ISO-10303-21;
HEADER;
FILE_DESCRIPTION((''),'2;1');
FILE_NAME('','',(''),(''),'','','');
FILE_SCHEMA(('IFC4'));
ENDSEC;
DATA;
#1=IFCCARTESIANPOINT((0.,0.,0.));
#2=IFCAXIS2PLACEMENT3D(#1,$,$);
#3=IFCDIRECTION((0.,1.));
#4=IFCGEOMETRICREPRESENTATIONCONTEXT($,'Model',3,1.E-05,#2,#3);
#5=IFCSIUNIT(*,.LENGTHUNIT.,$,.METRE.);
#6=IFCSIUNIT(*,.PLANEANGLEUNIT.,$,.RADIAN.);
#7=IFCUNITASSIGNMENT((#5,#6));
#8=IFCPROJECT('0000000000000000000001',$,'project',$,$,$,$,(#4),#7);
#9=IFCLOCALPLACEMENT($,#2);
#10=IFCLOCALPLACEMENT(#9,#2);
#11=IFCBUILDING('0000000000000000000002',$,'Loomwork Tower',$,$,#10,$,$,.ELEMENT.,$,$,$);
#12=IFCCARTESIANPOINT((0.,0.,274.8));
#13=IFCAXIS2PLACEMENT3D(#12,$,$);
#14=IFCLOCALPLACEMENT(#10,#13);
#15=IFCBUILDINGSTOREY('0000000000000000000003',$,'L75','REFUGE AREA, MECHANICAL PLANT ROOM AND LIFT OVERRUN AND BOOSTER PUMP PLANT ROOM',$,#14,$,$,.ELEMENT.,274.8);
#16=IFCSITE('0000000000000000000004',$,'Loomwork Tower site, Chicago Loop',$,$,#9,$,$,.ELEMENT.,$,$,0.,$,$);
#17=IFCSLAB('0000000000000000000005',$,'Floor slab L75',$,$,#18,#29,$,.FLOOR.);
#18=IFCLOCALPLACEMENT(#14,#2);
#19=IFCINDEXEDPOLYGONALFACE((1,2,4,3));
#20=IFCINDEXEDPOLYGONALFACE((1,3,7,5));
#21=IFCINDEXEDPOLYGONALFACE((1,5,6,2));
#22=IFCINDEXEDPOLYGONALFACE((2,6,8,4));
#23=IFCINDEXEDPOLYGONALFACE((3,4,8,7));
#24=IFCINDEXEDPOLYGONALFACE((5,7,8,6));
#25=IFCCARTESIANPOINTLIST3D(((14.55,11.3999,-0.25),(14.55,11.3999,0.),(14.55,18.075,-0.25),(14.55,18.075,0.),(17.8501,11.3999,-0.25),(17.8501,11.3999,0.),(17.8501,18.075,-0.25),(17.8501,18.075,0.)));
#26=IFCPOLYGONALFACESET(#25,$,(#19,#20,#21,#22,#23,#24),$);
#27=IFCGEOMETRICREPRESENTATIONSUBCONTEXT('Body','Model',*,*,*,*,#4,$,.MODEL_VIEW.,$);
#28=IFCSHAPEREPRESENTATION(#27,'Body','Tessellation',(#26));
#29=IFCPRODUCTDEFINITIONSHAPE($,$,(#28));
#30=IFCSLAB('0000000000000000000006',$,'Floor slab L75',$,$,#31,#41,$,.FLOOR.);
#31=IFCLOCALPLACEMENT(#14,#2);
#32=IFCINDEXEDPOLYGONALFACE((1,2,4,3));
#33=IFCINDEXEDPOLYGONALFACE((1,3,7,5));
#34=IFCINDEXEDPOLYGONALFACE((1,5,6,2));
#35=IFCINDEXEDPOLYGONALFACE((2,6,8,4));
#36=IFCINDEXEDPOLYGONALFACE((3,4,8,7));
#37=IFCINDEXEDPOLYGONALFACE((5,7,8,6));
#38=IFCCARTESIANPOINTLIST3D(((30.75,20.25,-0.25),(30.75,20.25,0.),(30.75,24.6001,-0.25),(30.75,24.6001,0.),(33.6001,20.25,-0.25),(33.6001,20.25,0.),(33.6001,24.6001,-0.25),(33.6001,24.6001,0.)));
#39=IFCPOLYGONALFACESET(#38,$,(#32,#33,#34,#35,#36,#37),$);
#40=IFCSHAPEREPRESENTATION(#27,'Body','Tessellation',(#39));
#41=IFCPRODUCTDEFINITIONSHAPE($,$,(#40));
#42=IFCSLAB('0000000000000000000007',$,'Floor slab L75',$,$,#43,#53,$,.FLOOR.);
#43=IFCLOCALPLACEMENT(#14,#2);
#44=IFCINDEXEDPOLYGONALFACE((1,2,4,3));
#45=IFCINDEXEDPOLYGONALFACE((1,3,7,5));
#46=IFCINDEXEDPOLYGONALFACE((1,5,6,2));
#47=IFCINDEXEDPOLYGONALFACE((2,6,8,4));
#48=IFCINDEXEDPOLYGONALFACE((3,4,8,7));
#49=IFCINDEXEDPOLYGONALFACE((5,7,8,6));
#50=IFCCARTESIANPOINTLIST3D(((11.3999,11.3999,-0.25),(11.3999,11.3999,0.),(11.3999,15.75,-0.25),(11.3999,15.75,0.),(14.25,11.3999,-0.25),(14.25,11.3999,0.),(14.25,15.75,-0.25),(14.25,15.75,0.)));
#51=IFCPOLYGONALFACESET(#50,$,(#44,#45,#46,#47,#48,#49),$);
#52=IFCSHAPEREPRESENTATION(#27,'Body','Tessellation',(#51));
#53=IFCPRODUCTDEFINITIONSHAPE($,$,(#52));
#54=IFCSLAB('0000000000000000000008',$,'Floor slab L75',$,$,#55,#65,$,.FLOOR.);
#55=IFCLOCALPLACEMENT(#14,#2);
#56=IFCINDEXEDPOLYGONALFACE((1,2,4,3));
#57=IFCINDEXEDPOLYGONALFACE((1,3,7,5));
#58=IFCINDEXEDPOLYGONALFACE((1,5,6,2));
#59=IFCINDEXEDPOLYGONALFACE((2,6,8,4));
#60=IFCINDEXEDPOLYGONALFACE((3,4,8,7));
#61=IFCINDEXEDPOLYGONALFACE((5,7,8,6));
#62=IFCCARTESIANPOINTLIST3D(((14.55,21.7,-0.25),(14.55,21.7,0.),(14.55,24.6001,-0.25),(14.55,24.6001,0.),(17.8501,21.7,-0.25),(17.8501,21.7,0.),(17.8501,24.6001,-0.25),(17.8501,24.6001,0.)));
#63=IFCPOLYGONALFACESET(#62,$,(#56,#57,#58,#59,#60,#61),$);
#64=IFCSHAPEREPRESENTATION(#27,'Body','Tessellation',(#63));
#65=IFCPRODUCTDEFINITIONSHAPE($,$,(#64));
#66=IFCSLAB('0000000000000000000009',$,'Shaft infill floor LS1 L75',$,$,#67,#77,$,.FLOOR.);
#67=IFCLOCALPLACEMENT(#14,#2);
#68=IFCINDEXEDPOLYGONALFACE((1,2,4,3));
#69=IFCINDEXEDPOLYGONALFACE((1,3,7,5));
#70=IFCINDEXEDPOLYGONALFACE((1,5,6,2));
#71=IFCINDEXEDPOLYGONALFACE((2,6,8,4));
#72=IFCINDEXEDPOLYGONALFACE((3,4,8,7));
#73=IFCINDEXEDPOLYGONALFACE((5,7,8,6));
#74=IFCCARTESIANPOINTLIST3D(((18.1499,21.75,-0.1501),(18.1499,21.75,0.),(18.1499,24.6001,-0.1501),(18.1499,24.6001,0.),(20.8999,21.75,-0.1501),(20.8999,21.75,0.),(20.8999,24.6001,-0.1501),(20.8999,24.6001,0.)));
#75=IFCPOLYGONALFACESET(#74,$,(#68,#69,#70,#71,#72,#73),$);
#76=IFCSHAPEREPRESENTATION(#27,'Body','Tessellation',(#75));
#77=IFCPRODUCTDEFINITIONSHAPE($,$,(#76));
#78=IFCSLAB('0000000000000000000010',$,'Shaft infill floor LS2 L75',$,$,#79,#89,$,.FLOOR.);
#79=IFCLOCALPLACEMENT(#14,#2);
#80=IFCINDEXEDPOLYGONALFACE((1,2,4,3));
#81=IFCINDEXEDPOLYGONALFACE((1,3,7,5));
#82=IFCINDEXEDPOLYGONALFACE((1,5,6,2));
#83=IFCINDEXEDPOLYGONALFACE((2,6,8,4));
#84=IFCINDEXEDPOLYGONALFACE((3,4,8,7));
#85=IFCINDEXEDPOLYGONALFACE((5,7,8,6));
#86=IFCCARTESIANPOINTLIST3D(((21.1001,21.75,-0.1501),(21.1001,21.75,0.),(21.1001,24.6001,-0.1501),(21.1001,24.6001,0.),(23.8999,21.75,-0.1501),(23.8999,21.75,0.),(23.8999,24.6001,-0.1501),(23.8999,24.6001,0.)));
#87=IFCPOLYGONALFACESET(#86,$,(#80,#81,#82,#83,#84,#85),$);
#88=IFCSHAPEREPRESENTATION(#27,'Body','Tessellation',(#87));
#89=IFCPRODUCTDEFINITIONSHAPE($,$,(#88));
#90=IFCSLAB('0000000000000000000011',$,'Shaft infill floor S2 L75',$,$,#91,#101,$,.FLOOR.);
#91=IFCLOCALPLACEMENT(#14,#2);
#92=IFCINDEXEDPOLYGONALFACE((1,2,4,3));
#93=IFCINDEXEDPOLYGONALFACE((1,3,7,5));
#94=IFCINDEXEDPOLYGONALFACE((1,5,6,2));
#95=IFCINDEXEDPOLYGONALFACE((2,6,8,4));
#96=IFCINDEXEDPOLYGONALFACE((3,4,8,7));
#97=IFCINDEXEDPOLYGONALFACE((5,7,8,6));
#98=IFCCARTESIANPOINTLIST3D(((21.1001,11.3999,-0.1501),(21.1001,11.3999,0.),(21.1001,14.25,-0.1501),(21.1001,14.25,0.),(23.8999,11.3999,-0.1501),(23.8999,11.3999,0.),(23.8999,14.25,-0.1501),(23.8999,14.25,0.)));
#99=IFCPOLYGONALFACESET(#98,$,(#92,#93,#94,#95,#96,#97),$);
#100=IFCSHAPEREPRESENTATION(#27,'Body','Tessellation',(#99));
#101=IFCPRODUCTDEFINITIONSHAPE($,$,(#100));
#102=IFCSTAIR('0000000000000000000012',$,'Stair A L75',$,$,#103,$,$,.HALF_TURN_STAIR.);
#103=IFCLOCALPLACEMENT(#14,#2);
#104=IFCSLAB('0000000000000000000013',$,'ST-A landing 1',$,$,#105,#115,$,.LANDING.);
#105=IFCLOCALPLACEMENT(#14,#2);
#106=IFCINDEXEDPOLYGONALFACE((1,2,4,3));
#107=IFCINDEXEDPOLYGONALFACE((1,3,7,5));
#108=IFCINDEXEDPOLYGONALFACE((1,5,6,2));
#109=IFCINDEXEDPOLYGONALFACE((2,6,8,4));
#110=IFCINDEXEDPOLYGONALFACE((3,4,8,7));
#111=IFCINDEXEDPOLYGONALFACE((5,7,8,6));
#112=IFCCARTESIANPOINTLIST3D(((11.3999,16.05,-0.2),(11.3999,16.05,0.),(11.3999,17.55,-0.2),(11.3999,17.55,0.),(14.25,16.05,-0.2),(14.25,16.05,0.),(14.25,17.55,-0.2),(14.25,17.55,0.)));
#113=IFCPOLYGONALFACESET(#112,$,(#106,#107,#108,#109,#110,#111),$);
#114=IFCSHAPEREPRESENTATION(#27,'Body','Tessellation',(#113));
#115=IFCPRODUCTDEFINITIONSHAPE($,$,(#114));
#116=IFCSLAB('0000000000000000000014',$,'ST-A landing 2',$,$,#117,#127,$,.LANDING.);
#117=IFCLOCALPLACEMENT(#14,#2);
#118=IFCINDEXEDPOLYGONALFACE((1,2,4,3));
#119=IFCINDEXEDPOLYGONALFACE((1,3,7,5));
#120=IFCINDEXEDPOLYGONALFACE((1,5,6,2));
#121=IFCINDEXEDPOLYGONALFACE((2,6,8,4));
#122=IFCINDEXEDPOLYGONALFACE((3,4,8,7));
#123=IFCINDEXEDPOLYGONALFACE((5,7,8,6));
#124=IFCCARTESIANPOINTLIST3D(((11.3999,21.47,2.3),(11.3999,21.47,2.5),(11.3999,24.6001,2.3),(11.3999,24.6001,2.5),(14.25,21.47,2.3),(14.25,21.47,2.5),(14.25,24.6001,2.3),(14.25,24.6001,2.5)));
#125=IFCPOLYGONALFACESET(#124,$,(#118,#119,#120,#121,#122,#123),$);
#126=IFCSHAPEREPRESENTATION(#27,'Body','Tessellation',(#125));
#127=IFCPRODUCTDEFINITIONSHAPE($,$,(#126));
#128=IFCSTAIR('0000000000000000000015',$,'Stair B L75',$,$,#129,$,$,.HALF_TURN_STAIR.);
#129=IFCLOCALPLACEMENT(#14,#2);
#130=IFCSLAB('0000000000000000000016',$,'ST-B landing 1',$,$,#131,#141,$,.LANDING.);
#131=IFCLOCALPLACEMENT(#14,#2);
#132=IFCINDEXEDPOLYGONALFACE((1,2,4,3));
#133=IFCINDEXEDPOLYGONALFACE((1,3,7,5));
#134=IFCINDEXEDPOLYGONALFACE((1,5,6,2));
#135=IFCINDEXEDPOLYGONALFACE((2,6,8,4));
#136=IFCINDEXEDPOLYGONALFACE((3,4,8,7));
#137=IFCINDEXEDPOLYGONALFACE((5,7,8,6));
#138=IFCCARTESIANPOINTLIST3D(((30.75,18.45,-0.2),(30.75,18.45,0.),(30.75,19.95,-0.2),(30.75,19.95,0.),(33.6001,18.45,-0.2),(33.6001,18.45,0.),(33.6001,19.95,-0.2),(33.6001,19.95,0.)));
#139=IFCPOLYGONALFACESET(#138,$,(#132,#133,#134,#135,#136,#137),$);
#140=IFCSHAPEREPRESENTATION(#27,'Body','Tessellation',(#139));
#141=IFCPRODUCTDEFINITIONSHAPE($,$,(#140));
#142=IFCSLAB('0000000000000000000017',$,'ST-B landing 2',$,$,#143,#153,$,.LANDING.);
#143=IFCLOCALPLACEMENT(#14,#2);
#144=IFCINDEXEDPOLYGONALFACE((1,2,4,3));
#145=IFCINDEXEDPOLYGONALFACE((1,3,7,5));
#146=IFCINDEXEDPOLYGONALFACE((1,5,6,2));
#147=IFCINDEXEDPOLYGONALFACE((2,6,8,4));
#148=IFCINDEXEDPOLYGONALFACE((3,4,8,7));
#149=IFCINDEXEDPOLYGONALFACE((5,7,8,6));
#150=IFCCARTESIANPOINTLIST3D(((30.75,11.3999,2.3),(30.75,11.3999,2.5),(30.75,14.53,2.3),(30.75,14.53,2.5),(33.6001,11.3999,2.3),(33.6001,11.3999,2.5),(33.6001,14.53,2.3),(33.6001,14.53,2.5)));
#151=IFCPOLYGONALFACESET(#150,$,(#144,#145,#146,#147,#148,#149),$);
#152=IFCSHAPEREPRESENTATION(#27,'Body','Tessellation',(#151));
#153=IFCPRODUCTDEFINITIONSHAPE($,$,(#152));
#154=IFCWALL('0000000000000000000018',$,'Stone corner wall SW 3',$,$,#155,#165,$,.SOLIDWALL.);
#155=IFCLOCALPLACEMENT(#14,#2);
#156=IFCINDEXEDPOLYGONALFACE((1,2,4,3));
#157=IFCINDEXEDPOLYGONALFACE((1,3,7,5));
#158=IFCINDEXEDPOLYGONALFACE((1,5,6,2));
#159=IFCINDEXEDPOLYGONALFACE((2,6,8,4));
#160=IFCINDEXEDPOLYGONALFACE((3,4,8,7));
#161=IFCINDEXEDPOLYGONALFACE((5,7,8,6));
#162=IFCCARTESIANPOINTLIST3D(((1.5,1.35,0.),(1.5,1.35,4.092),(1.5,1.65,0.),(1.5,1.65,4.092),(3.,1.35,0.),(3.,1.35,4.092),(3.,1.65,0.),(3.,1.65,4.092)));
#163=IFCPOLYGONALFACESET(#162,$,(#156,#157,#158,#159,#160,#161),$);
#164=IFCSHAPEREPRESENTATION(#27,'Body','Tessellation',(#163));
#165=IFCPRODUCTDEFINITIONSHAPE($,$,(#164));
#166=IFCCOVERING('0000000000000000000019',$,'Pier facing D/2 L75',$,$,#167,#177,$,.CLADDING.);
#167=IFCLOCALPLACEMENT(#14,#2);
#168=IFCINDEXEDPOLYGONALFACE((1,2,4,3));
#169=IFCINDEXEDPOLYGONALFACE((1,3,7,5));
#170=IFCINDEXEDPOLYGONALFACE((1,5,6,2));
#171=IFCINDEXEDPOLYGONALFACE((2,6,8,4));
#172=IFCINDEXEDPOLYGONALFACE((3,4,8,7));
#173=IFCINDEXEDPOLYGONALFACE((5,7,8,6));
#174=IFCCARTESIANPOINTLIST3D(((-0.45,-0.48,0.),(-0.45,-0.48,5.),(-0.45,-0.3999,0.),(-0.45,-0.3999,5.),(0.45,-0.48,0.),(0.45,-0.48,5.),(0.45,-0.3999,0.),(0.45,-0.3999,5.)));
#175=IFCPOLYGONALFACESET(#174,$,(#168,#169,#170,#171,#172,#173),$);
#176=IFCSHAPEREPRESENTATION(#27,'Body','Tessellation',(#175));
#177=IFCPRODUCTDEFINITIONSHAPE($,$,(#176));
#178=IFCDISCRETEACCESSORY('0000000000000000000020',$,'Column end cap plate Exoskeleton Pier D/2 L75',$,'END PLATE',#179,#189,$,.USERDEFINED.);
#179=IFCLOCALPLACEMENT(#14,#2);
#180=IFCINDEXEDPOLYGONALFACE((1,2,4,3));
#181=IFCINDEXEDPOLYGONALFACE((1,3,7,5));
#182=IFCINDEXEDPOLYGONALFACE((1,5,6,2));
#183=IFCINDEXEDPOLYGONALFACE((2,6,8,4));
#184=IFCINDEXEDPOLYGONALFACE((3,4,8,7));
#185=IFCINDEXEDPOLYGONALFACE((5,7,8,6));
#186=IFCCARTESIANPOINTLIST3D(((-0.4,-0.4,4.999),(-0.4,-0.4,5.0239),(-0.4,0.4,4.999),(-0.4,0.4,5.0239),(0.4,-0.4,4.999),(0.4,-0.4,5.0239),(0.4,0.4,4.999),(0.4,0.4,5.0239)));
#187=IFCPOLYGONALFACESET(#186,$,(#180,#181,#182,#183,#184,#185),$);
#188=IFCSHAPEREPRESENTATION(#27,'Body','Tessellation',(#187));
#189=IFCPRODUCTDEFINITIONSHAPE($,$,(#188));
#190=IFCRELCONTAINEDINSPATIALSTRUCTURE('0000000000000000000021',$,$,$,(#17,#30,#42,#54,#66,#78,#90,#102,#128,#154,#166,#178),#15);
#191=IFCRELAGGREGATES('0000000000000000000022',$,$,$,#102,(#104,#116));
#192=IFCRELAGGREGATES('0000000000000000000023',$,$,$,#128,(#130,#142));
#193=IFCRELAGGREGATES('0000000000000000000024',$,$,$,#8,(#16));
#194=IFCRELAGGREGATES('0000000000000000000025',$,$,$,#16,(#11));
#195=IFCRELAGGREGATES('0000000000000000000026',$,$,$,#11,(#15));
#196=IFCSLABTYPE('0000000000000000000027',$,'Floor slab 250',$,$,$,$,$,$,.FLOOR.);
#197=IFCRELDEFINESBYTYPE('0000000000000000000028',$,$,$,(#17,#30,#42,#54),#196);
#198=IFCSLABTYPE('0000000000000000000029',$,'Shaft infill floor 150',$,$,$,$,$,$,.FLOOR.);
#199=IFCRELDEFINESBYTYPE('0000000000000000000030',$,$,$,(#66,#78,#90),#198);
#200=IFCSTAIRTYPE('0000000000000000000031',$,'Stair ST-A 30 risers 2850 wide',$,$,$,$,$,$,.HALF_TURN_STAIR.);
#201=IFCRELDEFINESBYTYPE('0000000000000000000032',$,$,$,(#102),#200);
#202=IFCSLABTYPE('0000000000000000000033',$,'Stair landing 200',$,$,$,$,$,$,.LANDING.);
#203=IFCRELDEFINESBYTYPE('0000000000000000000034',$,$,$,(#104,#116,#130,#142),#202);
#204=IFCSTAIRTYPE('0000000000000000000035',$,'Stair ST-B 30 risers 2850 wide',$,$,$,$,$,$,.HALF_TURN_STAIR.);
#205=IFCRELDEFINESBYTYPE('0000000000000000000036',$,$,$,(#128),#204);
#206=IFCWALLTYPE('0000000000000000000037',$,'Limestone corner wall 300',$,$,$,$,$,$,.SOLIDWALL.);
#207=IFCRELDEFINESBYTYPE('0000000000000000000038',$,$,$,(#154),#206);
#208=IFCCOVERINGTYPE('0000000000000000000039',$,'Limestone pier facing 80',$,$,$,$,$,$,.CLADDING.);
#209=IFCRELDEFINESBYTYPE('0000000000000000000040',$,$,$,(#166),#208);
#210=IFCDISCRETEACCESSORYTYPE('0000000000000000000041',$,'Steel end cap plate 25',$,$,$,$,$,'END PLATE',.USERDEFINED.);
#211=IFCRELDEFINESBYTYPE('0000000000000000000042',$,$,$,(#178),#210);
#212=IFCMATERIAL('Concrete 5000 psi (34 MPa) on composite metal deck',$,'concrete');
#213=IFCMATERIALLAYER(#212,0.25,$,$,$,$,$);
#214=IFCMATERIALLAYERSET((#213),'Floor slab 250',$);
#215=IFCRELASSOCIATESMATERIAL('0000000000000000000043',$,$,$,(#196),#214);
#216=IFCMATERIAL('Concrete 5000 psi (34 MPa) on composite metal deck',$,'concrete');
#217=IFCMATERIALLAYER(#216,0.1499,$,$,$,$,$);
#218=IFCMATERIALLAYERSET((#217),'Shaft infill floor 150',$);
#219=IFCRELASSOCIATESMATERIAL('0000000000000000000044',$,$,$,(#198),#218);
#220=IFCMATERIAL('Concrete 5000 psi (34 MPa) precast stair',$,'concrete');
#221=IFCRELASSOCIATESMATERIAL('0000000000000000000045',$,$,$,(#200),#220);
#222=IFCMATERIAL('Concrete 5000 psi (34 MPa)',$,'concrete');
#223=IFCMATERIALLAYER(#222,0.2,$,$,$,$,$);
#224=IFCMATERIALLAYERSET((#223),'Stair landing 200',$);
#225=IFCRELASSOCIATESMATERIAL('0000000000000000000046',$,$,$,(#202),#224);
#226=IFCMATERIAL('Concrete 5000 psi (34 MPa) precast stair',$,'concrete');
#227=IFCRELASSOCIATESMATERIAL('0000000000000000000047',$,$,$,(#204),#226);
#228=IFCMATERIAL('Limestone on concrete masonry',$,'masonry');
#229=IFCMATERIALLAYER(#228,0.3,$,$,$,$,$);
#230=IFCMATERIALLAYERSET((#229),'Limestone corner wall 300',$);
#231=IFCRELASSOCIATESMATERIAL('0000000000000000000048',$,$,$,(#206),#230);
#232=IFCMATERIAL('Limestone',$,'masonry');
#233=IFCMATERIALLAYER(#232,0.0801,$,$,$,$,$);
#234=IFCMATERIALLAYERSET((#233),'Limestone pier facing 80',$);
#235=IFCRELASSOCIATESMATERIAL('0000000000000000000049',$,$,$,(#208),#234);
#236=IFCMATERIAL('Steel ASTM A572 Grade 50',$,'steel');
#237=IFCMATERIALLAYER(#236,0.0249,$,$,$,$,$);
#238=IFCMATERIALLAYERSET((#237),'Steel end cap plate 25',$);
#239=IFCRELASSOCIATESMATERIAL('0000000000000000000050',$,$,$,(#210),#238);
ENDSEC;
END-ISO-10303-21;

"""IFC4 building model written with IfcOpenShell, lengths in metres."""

from ifc_helpers import new_model, si_unit, direction, frame, frame_2d, origin, origin_2d, place, context, subcontext, project, spatial, polyline, rectangle, outline, extrude, material, layer, layer_set, type_object, element, aggregate, save


model = new_model("IFC4")

# Units and contexts
model_context = context("Model", 3, precision=1e-05, world=origin(), true_north=direction((0.0, 1.0)))
body_context = subcontext(model_context, "Body", "Model", "MODEL_VIEW")
ifc_project = project(units=[si_unit("LENGTHUNIT", "METRE"), si_unit("PLANEANGLEUNIT", "RADIAN")], contexts=[model_context])

# Site, building, storey
site_placement = place(None, origin())
site = spatial("IfcSite", under=ifc_project, at=site_placement, Name="Loomwork Tower site, Chicago Loop", CompositionType="ELEMENT", RefElevation=0.0)
building_placement = place(site_placement, origin())
building = spatial("IfcBuilding", under=site, at=building_placement, Name="Loomwork Tower", CompositionType="ELEMENT")
storey_placement = place(building_placement, frame((0.0, 0.0, 274.8)))
storey = spatial("IfcBuildingStorey", under=building, at=storey_placement, Name="L75", Description="REFUGE AREA, MECHANICAL PLANT ROOM AND LIFT OVERRUN AND BOOSTER PUMP PLANT ROOM", CompositionType="ELEMENT", Elevation=274.8)

# Slabs
ifc_material_1 = material(Name="Concrete 5000 psi (34 MPa) on composite metal deck", Category="concrete")
ifc_layer_1 = layer(ifc_material_1, 0.25)
ifc_layer_set_1 = layer_set([ifc_layer_1], Name="Floor slab 250")
slab_type_1 = type_object("IfcSlabType", Name="Floor slab 250", PredefinedType="FLOOR", material=ifc_layer_set_1)
slab_1_placement = place(storey_placement, frame((0.0, 0.0, -0.25)))
element("IfcSlab", 1, at=slab_1_placement, inside=storey, type_object=slab_type_1, Name="Floor slab L75", PredefinedType="FLOOR", context=body_context, shape_type="SweptSolid", body=[
    extrude(outline(polyline([(14.55, 11.3999), (14.55, 18.075), (17.8501, 18.075), (17.8501, 11.3999), (14.55, 11.3999)])), origin(), (0.0, 0.0, 1.0), 0.25),
])
slab_2_placement = place(storey_placement, frame((0.0, 0.0, -0.25)))
element("IfcSlab", 2, at=slab_2_placement, inside=storey, type_object=slab_type_1, Name="Floor slab L75", PredefinedType="FLOOR", context=body_context, shape_type="SweptSolid", body=[
    extrude(outline(polyline([(33.6001, 20.25), (30.75, 20.25), (30.75, 24.6001), (33.6001, 24.6001), (33.6001, 20.25)])), origin(), (0.0, 0.0, 1.0), 0.25),
])
slab_3_placement = place(storey_placement, frame((0.0, 0.0, -0.25)))
element("IfcSlab", 3, at=slab_3_placement, inside=storey, type_object=slab_type_1, Name="Floor slab L75", PredefinedType="FLOOR", context=body_context, shape_type="SweptSolid", body=[
    extrude(outline(polyline([(14.25, 15.75), (14.25, 11.3999), (11.3999, 11.3999), (11.3999, 15.75), (14.25, 15.75)])), origin(), (0.0, 0.0, 1.0), 0.25),
])
slab_4_placement = place(storey_placement, frame((0.0, 0.0, -0.25)))
element("IfcSlab", 4, at=slab_4_placement, inside=storey, type_object=slab_type_1, Name="Floor slab L75", PredefinedType="FLOOR", context=body_context, shape_type="SweptSolid", body=[
    extrude(outline(polyline([(14.55, 21.7), (14.55, 24.6001), (17.8501, 24.6001), (17.8501, 21.7), (14.55, 21.7)])), origin(), (0.0, 0.0, 1.0), 0.25),
])
ifc_material_2 = material(Name="Concrete 5000 psi (34 MPa) on composite metal deck", Category="concrete")
ifc_layer_2 = layer(ifc_material_2, 0.1499)
ifc_layer_set_2 = layer_set([ifc_layer_2], Name="Shaft infill floor 150")
slab_type_2 = type_object("IfcSlabType", Name="Shaft infill floor 150", PredefinedType="FLOOR", material=ifc_layer_set_2)
slab_5_placement = place(storey_placement, frame((0.0, 0.0, -0.1501)))
element("IfcSlab", 5, at=slab_5_placement, inside=storey, type_object=slab_type_2, Name="Shaft infill floor LS1 L75", PredefinedType="FLOOR", context=body_context, shape_type="SweptSolid", body=[
    extrude(outline(polyline([(18.1499, 21.75), (20.8999, 21.75), (20.8999, 24.6001), (18.1499, 24.6001), (18.1499, 21.75)])), origin(), (0.0, 0.0, 1.0), 0.1501),
])
slab_6_placement = place(storey_placement, frame((0.0, 0.0, -0.1501)))
element("IfcSlab", 6, at=slab_6_placement, inside=storey, type_object=slab_type_2, Name="Shaft infill floor LS2 L75", PredefinedType="FLOOR", context=body_context, shape_type="SweptSolid", body=[
    extrude(outline(polyline([(21.1001, 21.75), (23.8999, 21.75), (23.8999, 24.6001), (21.1001, 24.6001), (21.1001, 21.75)])), origin(), (0.0, 0.0, 1.0), 0.1501),
])
slab_7_placement = place(storey_placement, frame((0.0, 0.0, -0.1501)))
element("IfcSlab", 7, at=slab_7_placement, inside=storey, type_object=slab_type_2, Name="Shaft infill floor S2 L75", PredefinedType="FLOOR", context=body_context, shape_type="SweptSolid", body=[
    extrude(outline(polyline([(21.1001, 11.3999), (23.8999, 11.3999), (23.8999, 14.25), (21.1001, 14.25), (21.1001, 11.3999)])), origin(), (0.0, 0.0, 1.0), 0.1501),
])

# Stairs, slabs
ifc_material_3 = material(Name="Concrete 5000 psi (34 MPa) precast stair", Category="concrete")
stair_type_1 = type_object("IfcStairType", Name="Stair ST-A 30 risers 2850 wide", PredefinedType="HALF_TURN_STAIR", material=ifc_material_3)
stair_1_placement = place(storey_placement, origin())
stair_1 = element("IfcStair", 8, at=stair_1_placement, inside=storey, type_object=stair_type_1, Name="Stair A L75", PredefinedType="HALF_TURN_STAIR")
ifc_material_4 = material(Name="Concrete 5000 psi (34 MPa)", Category="concrete")
ifc_layer_3 = layer(ifc_material_4, 0.2)
ifc_layer_set_3 = layer_set([ifc_layer_3], Name="Stair landing 200")
slab_type_3 = type_object("IfcSlabType", Name="Stair landing 200", PredefinedType="LANDING", material=ifc_layer_set_3)
slab_8_placement = place(storey_placement, frame((0.0, 0.0, -0.2)))
slab_8 = element("IfcSlab", 9, at=slab_8_placement, type_object=slab_type_3, Name="ST-A landing 1", PredefinedType="LANDING", context=body_context, shape_type="SweptSolid", body=[
    extrude(outline(polyline([(11.3999, 16.05), (14.25, 16.05), (14.25, 17.55), (11.3999, 17.55), (11.3999, 16.05)])), origin(), (0.0, 0.0, 1.0), 0.2),
])
slab_9_placement = place(storey_placement, frame((0.0, 0.0, 2.3)))
slab_9 = element("IfcSlab", 10, at=slab_9_placement, type_object=slab_type_3, Name="ST-A landing 2", PredefinedType="LANDING", context=body_context, shape_type="SweptSolid", body=[
    extrude(outline(polyline([(11.3999, 21.47), (14.25, 21.47), (14.25, 24.6001), (11.3999, 24.6001), (11.3999, 21.47)])), origin(), (0.0, 0.0, 1.0), 0.2),
])
aggregate(stair_1, [slab_8, slab_9])
ifc_material_5 = material(Name="Concrete 5000 psi (34 MPa) precast stair", Category="concrete")
stair_type_2 = type_object("IfcStairType", Name="Stair ST-B 30 risers 2850 wide", PredefinedType="HALF_TURN_STAIR", material=ifc_material_5)
stair_2_placement = place(storey_placement, origin())
stair_2 = element("IfcStair", 11, at=stair_2_placement, inside=storey, type_object=stair_type_2, Name="Stair B L75", PredefinedType="HALF_TURN_STAIR")
slab_10_placement = place(storey_placement, frame((0.0, 0.0, -0.2)))
slab_10 = element("IfcSlab", 12, at=slab_10_placement, type_object=slab_type_3, Name="ST-B landing 1", PredefinedType="LANDING", context=body_context, shape_type="SweptSolid", body=[
    extrude(outline(polyline([(30.75, 18.45), (33.6001, 18.45), (33.6001, 19.95), (30.75, 19.95), (30.75, 18.45)])), origin(), (0.0, 0.0, 1.0), 0.2),
])
slab_11_placement = place(storey_placement, frame((0.0, 0.0, 2.3)))
slab_11 = element("IfcSlab", 13, at=slab_11_placement, type_object=slab_type_3, Name="ST-B landing 2", PredefinedType="LANDING", context=body_context, shape_type="SweptSolid", body=[
    extrude(outline(polyline([(30.75, 11.3999), (33.6001, 11.3999), (33.6001, 14.53), (30.75, 14.53), (30.75, 11.3999)])), origin(), (0.0, 0.0, 1.0), 0.2),
])
aggregate(stair_2, [slab_10, slab_11])

# Wall
ifc_material_6 = material(Name="Limestone on concrete masonry", Category="masonry")
ifc_layer_4 = layer(ifc_material_6, 0.3)
ifc_layer_set_4 = layer_set([ifc_layer_4], Name="Limestone corner wall 300")
wall_type = type_object("IfcWallType", Name="Limestone corner wall 300", PredefinedType="SOLIDWALL", material=ifc_layer_set_4)
wall_placement = place(storey_placement, frame((1.5, 1.5, 0.0), z_axis=(0.0, 0.0, 1.0), x_axis=(1.0, 0.0, 0.0)))
element("IfcWall", 14, at=wall_placement, inside=storey, type_object=wall_type, Name="Stone corner wall SW 3", PredefinedType="SOLIDWALL", context=body_context, shape_type="SweptSolid", body=[
    extrude(rectangle(XDim=1.5, YDim=0.3, at=frame_2d((0.75, 0.0))), origin(), (0.0, 0.0, 1.0), 4.092),
])

# Covering
ifc_material_7 = material(Name="Limestone", Category="masonry")
ifc_layer_5 = layer(ifc_material_7, 0.0801)
ifc_layer_set_5 = layer_set([ifc_layer_5], Name="Limestone pier facing 80")
covering_type = type_object("IfcCoveringType", Name="Limestone pier facing 80", PredefinedType="CLADDING", material=ifc_layer_set_5)
covering_placement = place(storey_placement, frame((0.0, -0.4399, 0.0), z_axis=(0.0, 0.0, 1.0), x_axis=(1.0, 0.0, 0.0)))
element("IfcCovering", 15, at=covering_placement, inside=storey, type_object=covering_type, Name="Pier facing D/2 L75", PredefinedType="CLADDING", context=body_context, shape_type="SweptSolid", body=[
    extrude(rectangle(XDim=0.8999, YDim=0.0801, at=origin_2d()), origin(), (0.0, 0.0, 1.0), 5.0),
])

# Discrete accessory
ifc_material_8 = material(Name="Steel ASTM A572 Grade 50", Category="steel")
ifc_layer_6 = layer(ifc_material_8, 0.0249)
ifc_layer_set_6 = layer_set([ifc_layer_6], Name="Steel end cap plate 25")
discrete_accessory_type = type_object("IfcDiscreteAccessoryType", Name="Steel end cap plate 25", ElementType="END PLATE", PredefinedType="USERDEFINED", material=ifc_layer_set_6)
discrete_accessory_placement = place(storey_placement, frame((0.0, 0.0, 4.999), z_axis=(0.0, 0.0, 1.0), x_axis=(1.0, 0.0, 0.0)))
element("IfcDiscreteAccessory", 16, at=discrete_accessory_placement, inside=storey, type_object=discrete_accessory_type, Name="Column end cap plate Exoskeleton Pier D/2 L75", ObjectType="END PLATE", PredefinedType="USERDEFINED", context=body_context, shape_type="SweptSolid", body=[
    extrude(rectangle(XDim=0.8, YDim=0.8, at=origin_2d()), origin(), (0.0, 0.0, 1.0), 0.0249),
])

save(model, "model.ifc")
